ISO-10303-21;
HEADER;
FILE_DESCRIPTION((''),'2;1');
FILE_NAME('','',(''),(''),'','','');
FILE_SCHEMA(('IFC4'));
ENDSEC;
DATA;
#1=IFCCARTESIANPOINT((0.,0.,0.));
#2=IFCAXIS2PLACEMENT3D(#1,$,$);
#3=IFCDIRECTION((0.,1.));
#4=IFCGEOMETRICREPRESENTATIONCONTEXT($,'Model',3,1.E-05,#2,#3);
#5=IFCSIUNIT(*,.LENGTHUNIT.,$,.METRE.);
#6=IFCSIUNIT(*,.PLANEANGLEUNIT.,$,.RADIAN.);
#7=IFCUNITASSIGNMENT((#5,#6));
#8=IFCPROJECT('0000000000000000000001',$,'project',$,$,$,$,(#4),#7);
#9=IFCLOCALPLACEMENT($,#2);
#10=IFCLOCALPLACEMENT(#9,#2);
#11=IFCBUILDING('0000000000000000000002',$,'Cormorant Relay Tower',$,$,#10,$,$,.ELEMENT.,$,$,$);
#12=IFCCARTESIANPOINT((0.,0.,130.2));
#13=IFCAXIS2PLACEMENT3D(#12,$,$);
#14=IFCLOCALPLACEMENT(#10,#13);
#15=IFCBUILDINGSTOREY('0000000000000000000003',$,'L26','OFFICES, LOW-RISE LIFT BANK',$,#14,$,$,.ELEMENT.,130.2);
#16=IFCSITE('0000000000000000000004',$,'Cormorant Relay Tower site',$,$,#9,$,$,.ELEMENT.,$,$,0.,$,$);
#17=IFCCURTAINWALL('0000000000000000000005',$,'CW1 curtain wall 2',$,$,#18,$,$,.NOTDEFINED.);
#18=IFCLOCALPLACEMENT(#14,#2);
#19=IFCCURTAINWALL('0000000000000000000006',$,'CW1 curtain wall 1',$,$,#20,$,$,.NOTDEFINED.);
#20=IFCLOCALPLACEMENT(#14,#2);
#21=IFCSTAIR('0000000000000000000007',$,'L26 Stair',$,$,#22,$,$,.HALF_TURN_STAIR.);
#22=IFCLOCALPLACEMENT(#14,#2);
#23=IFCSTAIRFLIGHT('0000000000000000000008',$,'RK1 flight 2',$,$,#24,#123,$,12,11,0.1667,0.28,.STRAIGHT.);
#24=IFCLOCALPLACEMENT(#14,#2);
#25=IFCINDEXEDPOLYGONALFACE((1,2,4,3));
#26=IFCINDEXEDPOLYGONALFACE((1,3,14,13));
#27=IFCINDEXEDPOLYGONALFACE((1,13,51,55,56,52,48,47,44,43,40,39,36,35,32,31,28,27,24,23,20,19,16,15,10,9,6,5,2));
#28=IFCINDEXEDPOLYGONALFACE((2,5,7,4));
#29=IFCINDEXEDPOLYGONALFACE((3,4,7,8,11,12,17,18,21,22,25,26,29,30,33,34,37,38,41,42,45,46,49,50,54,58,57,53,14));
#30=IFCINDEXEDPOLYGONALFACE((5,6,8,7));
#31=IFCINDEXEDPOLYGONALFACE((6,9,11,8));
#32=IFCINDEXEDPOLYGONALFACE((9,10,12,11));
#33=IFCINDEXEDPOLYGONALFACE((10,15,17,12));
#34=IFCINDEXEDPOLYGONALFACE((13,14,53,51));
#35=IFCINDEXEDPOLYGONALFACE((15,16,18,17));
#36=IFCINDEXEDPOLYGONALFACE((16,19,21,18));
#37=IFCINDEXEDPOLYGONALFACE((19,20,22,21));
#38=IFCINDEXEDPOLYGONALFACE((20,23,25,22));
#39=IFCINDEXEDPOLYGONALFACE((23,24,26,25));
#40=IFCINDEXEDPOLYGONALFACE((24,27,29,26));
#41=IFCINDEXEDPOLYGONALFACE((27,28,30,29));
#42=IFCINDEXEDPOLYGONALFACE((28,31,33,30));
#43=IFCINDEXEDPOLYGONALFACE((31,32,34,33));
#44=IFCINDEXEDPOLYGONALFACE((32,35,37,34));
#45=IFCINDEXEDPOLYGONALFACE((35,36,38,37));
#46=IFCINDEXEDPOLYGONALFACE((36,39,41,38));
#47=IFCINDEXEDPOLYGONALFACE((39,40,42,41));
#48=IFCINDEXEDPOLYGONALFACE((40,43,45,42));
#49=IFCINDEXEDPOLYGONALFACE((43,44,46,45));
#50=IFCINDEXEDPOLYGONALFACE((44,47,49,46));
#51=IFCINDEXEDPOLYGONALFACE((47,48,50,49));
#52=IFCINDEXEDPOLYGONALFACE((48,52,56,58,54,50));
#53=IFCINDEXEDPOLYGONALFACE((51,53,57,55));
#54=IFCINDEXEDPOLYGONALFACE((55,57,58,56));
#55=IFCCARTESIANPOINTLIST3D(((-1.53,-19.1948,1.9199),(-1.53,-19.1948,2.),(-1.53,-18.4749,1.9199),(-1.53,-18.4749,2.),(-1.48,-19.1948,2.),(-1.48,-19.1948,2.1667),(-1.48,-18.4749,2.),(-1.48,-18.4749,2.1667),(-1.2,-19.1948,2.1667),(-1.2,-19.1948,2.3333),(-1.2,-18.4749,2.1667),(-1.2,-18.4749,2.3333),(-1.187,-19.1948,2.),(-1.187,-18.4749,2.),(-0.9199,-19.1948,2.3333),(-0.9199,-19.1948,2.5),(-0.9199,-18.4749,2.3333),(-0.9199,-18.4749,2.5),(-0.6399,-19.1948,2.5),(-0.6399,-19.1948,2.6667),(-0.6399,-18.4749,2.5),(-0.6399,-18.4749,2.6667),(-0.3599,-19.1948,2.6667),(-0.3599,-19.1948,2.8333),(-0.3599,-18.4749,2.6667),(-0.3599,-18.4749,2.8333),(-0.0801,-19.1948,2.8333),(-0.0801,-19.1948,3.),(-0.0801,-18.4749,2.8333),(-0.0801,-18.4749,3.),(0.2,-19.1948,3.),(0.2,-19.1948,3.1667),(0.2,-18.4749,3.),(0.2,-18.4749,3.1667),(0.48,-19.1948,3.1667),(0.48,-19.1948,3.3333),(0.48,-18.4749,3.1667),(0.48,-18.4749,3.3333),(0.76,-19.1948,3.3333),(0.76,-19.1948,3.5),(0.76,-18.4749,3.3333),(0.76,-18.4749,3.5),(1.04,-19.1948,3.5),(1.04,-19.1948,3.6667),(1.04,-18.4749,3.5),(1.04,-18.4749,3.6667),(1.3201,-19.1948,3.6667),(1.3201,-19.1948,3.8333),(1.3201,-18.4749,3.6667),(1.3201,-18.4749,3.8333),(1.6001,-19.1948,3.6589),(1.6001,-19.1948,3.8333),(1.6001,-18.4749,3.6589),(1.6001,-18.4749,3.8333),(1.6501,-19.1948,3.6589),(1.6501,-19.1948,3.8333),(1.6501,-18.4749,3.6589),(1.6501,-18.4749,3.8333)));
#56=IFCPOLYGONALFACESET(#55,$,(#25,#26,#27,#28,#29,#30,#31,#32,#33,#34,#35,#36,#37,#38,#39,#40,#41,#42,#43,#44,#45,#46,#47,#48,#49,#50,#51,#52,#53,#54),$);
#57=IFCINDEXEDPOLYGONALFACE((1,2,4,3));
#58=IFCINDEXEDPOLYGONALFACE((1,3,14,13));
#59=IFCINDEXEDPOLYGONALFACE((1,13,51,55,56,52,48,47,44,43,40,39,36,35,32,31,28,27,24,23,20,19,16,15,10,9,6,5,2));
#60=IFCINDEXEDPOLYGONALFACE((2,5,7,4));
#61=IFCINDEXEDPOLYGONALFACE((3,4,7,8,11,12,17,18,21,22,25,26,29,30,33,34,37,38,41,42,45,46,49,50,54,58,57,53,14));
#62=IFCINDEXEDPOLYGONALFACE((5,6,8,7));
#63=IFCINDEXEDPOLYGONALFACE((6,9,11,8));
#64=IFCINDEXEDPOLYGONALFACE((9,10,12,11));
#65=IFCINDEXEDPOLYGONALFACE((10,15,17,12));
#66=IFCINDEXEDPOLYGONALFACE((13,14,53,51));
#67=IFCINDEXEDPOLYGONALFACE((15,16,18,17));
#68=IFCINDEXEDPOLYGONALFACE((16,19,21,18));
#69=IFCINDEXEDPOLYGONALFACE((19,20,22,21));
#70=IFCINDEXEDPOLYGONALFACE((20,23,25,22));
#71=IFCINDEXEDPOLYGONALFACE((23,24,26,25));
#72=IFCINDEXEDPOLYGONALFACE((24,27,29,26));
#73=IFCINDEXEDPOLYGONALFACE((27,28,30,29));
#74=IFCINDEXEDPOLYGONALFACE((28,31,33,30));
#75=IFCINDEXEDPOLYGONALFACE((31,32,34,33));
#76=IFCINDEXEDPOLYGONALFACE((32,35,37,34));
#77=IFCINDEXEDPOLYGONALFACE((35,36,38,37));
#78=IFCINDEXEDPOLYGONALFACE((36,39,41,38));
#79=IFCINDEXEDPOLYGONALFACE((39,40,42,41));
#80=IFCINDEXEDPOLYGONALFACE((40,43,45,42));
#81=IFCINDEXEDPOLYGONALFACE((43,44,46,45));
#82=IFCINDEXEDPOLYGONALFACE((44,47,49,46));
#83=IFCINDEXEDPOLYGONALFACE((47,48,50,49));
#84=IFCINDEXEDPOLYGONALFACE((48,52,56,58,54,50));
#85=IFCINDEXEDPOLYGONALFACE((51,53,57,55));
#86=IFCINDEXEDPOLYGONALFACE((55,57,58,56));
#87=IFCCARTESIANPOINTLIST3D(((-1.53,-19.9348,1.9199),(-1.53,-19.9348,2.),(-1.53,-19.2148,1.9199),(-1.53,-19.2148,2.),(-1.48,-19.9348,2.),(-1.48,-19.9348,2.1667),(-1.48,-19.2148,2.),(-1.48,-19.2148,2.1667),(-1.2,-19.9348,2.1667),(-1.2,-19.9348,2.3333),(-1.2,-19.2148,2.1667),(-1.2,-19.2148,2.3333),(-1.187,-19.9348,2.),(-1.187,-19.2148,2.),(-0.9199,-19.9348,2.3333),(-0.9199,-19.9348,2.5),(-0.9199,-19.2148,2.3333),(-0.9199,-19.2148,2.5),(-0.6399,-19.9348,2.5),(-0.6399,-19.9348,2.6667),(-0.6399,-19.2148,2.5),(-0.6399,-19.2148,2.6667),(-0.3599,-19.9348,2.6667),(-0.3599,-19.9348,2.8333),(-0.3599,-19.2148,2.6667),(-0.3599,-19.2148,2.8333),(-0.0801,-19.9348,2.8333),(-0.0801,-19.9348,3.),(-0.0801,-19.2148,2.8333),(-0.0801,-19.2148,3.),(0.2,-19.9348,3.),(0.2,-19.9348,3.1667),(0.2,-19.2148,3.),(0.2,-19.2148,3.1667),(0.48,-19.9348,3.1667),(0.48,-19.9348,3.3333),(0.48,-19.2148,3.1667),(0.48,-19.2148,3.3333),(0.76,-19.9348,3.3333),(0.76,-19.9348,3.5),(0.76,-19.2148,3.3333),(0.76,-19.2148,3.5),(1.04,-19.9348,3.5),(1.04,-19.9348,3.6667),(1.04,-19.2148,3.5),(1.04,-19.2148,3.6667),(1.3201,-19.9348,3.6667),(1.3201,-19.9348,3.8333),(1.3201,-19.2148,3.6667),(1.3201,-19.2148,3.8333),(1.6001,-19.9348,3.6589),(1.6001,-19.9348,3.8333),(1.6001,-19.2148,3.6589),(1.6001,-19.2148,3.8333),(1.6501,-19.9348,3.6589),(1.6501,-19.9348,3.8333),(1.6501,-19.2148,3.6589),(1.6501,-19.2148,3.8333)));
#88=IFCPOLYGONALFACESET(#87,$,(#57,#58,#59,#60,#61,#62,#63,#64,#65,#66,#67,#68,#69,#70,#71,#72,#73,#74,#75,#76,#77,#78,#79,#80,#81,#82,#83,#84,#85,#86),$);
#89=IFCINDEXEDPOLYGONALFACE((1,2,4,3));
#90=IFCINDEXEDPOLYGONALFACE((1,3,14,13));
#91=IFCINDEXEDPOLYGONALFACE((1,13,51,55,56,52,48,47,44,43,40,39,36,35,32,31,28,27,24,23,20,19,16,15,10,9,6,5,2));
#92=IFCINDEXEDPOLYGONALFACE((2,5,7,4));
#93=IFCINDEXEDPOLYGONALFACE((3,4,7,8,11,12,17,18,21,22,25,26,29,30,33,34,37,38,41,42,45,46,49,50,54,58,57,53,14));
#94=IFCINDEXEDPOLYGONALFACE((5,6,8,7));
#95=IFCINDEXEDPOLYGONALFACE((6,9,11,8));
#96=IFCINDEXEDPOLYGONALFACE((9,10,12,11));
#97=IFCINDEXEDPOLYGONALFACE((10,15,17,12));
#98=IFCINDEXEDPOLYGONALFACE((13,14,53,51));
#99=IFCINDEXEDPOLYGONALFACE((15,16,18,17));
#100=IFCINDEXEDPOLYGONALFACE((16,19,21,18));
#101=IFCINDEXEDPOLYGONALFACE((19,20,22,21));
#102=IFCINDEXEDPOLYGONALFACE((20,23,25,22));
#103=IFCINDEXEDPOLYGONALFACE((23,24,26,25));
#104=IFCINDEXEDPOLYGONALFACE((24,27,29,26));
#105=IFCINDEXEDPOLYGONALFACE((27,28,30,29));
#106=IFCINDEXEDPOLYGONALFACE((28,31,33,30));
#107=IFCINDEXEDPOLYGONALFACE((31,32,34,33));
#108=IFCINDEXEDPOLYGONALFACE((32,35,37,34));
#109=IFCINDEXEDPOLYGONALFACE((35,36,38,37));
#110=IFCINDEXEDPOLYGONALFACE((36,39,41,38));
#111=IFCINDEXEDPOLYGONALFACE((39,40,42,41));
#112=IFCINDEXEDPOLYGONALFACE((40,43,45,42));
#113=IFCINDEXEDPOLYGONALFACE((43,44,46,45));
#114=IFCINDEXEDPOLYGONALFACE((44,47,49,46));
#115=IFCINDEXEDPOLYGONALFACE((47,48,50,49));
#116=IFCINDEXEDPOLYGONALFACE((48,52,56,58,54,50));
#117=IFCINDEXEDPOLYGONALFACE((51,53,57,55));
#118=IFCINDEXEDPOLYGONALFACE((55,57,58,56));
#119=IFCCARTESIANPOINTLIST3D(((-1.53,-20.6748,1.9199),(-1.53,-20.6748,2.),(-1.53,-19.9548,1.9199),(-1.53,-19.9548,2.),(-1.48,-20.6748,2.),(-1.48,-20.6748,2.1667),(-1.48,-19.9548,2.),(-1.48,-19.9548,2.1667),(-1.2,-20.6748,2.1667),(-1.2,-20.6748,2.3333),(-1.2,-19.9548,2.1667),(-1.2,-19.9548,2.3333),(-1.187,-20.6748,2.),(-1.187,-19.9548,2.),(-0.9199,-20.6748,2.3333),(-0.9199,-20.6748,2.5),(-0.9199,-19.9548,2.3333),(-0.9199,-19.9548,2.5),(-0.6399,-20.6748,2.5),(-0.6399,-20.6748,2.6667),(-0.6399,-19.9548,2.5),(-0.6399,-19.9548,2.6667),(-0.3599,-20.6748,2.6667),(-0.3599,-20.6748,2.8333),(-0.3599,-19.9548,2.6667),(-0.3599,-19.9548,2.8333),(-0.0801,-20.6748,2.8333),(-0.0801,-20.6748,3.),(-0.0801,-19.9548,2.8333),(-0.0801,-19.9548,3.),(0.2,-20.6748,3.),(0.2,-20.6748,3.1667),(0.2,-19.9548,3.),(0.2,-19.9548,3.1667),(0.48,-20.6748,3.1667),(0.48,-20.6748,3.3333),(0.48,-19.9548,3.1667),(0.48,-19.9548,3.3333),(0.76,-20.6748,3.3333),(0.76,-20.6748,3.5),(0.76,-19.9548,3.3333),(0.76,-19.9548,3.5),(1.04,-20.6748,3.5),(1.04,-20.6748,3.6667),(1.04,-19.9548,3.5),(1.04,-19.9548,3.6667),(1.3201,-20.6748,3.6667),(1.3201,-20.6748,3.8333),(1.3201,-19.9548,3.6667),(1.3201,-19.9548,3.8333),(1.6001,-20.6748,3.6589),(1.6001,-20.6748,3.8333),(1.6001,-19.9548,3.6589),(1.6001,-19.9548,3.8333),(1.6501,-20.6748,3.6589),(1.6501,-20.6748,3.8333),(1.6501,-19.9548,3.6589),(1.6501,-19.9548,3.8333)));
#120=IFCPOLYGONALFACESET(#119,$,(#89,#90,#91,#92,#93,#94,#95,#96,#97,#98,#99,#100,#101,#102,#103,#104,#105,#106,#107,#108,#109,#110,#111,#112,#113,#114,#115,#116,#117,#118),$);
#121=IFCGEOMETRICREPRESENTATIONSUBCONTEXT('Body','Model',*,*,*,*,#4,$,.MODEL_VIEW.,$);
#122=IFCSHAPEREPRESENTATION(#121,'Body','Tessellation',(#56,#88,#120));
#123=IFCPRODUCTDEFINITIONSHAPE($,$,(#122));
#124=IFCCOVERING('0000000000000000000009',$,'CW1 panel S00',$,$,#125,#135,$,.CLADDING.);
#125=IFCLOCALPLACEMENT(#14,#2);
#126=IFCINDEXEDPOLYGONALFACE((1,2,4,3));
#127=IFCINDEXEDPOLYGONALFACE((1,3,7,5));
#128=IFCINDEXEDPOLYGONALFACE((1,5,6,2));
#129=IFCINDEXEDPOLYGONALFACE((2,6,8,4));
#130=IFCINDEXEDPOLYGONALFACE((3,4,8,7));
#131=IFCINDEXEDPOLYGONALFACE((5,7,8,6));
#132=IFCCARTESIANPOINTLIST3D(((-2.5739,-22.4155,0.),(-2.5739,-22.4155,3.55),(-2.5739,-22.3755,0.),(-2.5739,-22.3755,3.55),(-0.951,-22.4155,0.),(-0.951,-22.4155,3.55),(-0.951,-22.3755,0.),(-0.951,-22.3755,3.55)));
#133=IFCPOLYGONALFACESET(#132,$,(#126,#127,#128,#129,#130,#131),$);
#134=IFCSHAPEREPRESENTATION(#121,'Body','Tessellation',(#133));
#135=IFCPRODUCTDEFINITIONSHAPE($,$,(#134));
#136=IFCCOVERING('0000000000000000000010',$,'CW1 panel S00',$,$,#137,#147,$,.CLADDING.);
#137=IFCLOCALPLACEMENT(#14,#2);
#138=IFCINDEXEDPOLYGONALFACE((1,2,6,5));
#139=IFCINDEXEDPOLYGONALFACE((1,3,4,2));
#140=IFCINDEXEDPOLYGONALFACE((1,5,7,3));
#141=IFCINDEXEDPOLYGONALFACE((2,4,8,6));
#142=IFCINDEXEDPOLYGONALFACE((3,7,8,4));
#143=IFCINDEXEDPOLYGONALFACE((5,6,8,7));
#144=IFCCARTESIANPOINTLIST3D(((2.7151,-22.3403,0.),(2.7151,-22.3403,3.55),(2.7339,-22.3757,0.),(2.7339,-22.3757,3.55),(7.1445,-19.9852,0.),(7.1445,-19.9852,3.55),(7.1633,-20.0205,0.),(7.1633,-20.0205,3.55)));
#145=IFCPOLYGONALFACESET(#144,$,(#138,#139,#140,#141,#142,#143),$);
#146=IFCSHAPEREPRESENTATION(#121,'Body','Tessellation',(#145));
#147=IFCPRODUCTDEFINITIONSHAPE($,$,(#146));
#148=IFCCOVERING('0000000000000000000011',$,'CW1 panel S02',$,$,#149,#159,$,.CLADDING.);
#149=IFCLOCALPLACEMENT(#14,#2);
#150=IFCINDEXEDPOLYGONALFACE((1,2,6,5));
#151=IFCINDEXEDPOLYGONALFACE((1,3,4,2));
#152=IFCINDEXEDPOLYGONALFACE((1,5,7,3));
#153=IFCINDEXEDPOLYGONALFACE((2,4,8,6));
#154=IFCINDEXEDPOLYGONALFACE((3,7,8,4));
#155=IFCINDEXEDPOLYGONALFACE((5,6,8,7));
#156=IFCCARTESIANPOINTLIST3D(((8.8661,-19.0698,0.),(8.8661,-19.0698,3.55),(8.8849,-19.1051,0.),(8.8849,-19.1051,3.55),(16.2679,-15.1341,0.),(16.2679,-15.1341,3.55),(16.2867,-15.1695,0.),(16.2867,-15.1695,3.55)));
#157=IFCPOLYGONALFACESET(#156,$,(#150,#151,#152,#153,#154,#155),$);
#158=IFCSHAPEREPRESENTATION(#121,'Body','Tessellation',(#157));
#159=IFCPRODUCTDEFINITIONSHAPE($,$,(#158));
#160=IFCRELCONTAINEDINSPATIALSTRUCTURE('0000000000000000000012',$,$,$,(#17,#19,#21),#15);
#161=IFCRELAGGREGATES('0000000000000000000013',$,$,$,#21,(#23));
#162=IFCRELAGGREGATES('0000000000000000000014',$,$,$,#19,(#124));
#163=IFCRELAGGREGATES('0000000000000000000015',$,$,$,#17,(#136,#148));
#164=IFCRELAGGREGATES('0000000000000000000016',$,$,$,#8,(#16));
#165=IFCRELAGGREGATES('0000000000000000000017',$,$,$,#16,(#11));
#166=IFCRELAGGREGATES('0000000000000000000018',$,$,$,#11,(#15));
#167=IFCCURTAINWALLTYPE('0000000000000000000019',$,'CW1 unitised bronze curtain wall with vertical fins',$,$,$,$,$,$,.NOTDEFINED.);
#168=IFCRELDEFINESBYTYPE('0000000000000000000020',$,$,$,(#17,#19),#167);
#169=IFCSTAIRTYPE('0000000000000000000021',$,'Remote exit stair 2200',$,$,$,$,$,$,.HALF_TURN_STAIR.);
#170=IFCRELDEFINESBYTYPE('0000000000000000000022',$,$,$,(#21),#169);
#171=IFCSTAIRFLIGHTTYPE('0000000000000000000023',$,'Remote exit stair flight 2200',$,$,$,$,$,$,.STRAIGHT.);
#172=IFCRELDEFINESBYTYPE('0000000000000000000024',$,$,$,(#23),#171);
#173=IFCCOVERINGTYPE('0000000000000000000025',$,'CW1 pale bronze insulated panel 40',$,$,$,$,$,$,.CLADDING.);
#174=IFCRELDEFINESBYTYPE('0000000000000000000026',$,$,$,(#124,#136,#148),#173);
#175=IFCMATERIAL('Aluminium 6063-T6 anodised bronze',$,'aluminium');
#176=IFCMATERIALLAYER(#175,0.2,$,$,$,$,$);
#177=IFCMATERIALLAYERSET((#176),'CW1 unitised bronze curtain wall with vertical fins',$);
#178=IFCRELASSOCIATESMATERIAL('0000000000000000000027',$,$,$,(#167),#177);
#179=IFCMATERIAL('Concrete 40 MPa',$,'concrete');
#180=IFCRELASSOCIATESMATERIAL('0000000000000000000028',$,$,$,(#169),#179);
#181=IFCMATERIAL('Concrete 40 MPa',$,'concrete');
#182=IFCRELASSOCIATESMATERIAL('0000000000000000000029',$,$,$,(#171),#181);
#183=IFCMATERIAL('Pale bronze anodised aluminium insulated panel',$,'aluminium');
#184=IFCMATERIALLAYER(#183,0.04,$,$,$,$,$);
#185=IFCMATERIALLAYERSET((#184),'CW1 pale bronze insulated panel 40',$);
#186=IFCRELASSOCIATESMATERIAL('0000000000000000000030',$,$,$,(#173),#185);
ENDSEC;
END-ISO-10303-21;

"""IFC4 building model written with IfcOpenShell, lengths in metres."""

from ifc_helpers import new_model, si_unit, direction, frame, origin, origin_2d, place, context, subcontext, project, spatial, polyline, rectangle, outline, extrude, material, layer, layer_set, type_object, element, aggregate, save


model = new_model("IFC4")

# Units and contexts
model_context = context("Model", 3, precision=1e-05, world=origin(), true_north=direction((0.0, 1.0)))
body_context = subcontext(model_context, "Body", "Model", "MODEL_VIEW")
ifc_project = project(units=[si_unit("LENGTHUNIT", "METRE"), si_unit("PLANEANGLEUNIT", "RADIAN")], contexts=[model_context])

# Site, building, storey
site_placement = place(None, origin())
site = spatial("IfcSite", under=ifc_project, at=site_placement, Name="Cormorant Relay Tower site", CompositionType="ELEMENT", RefElevation=0.0)
building_placement = place(site_placement, origin())
building = spatial("IfcBuilding", under=site, at=building_placement, Name="Cormorant Relay Tower", CompositionType="ELEMENT")
storey_placement = place(building_placement, frame((0.0, 0.0, 130.2)))
storey = spatial("IfcBuildingStorey", under=building, at=storey_placement, Name="L26", Description="OFFICES, LOW-RISE LIFT BANK", CompositionType="ELEMENT", Elevation=130.2)

# Curtain wall
ifc_material_1 = material(Name="Aluminium 6063-T6 anodised bronze", Category="aluminium")
ifc_layer_1 = layer(ifc_material_1, 0.2)
ifc_layer_set_1 = layer_set([ifc_layer_1], Name="CW1 unitised bronze curtain wall with vertical fins")
curtain_wall_type = type_object("IfcCurtainWallType", Name="CW1 unitised bronze curtain wall with vertical fins", PredefinedType="NOTDEFINED", material=ifc_layer_set_1)
curtain_wall_1_placement = place(storey_placement, origin())
curtain_wall_1 = element("IfcCurtainWall", 1, at=curtain_wall_1_placement, inside=storey, type_object=curtain_wall_type, Name="CW1 curtain wall 2", PredefinedType="NOTDEFINED")

# Curtain wall
curtain_wall_2_placement = place(storey_placement, origin())
curtain_wall_2 = element("IfcCurtainWall", 2, at=curtain_wall_2_placement, inside=storey, type_object=curtain_wall_type, Name="CW1 curtain wall 1", PredefinedType="NOTDEFINED")

# Stair, stair flight
ifc_material_2 = material(Name="Concrete 40 MPa", Category="concrete")
stair_type = type_object("IfcStairType", Name="Remote exit stair 2200", PredefinedType="HALF_TURN_STAIR", material=ifc_material_2)
stair_placement = place(storey_placement, origin())
stair = element("IfcStair", 3, at=stair_placement, inside=storey, type_object=stair_type, Name="L26 Stair", PredefinedType="HALF_TURN_STAIR")
ifc_material_3 = material(Name="Concrete 40 MPa", Category="concrete")
stair_flight_type = type_object("IfcStairFlightType", Name="Remote exit stair flight 2200", PredefinedType="STRAIGHT", material=ifc_material_3)
stair_flight_1_placement = place(storey_placement, frame((-1.48, -19.575, 2.0), z_axis=(0.0, 0.0, 1.0), x_axis=(1.0, 0.0, 0.0)))
stair_flight_1 = element("IfcStairFlight", 4, at=stair_flight_1_placement, type_object=stair_flight_type, Name="RK1 flight 2", NumberOfRisers=12, NumberOfTreads=11, PredefinedType="STRAIGHT", RiserHeight=0.1667, TreadLength=0.28, context=body_context, shape_type="SweptSolid", body=[
    extrude(outline(polyline([(-0.05, -0.0801), (-0.05, 0.0), (0.0, 0.0), (0.0, 0.1667), (0.28, 0.1667), (0.28, 0.3333), (0.5601, 0.3333), (0.5601, 0.5), (0.8401, 0.5), (0.8401, 0.6667), (1.1201, 0.6667), (1.1201, 0.8333), (1.3999, 0.8333), (1.3999, 1.0), (1.6799, 1.0), (1.6799, 1.1667), (1.96, 1.1667), (1.96, 1.3333), (2.24, 1.3333), (2.24, 1.5), (2.52, 1.5), (2.52, 1.6667), (2.8, 1.6667), (2.8, 1.8333), (3.0801, 1.8333), (3.1301, 1.8333), (3.1301, 1.6589), (3.0801, 1.6589), (0.293, 0.0), (-0.05, -0.0801)])), frame((0.0, 1.1001, 0.0), z_axis=(0.0, -1.0, 0.0), x_axis=(1.0, 0.0, 0.0)), (0.0, 0.0, 1.0), 0.72),
    extrude(outline(polyline([(-0.05, -0.0801), (-0.05, 0.0), (0.0, 0.0), (0.0, 0.1667), (0.28, 0.1667), (0.28, 0.3333), (0.5601, 0.3333), (0.5601, 0.5), (0.8401, 0.5), (0.8401, 0.6667), (1.1201, 0.6667), (1.1201, 0.8333), (1.3999, 0.8333), (1.3999, 1.0), (1.6799, 1.0), (1.6799, 1.1667), (1.96, 1.1667), (1.96, 1.3333), (2.24, 1.3333), (2.24, 1.5), (2.52, 1.5), (2.52, 1.6667), (2.8, 1.6667), (2.8, 1.8333), (3.0801, 1.8333), (3.1301, 1.8333), (3.1301, 1.6589), (3.0801, 1.6589), (0.293, 0.0), (-0.05, -0.0801)])), frame((0.0, 0.3601, 0.0), z_axis=(0.0, -1.0, 0.0), x_axis=(1.0, 0.0, 0.0)), (0.0, 0.0, 1.0), 0.72),
    extrude(outline(polyline([(-0.05, -0.0801), (-0.05, 0.0), (0.0, 0.0), (0.0, 0.1667), (0.28, 0.1667), (0.28, 0.3333), (0.5601, 0.3333), (0.5601, 0.5), (0.8401, 0.5), (0.8401, 0.6667), (1.1201, 0.6667), (1.1201, 0.8333), (1.3999, 0.8333), (1.3999, 1.0), (1.6799, 1.0), (1.6799, 1.1667), (1.96, 1.1667), (1.96, 1.3333), (2.24, 1.3333), (2.24, 1.5), (2.52, 1.5), (2.52, 1.6667), (2.8, 1.6667), (2.8, 1.8333), (3.0801, 1.8333), (3.1301, 1.8333), (3.1301, 1.6589), (3.0801, 1.6589), (0.293, 0.0), (-0.05, -0.0801)])), frame((0.0, -0.3799, 0.0), z_axis=(0.0, -1.0, 0.0), x_axis=(1.0, 0.0, 0.0)), (0.0, 0.0, 1.0), 0.72),
])
aggregate(stair, [stair_flight_1])

# Coverings
ifc_material_4 = material(Name="Pale bronze anodised aluminium insulated panel", Category="aluminium")
ifc_layer_2 = layer(ifc_material_4, 0.04)
ifc_layer_set_2 = layer_set([ifc_layer_2], Name="CW1 pale bronze insulated panel 40")
covering_type = type_object("IfcCoveringType", Name="CW1 pale bronze insulated panel 40", PredefinedType="CLADDING", material=ifc_layer_set_2)
covering_1_placement = place(storey_placement, frame((-1.7625, -22.3955, 0.0), z_axis=(0.0, 0.0, 1.0), x_axis=(1.0, 0.0, 0.0)))
covering_1 = element("IfcCovering", 5, at=covering_1_placement, type_object=covering_type, Name="CW1 panel S00", PredefinedType="CLADDING", context=body_context, shape_type="SweptSolid", body=[
    extrude(rectangle(XDim=1.6228, YDim=0.04, at=origin_2d()), origin(), (0.0, 0.0, 1.0), 3.55),
])
aggregate(curtain_wall_2, [covering_1])
covering_2_placement = place(storey_placement, frame((4.9392, -21.1804, 0.0), z_axis=(0.0, 0.0, 1.0), x_axis=(0.882948, 0.469472, 0.0)))
covering_2 = element("IfcCovering", 6, at=covering_2_placement, type_object=covering_type, Name="CW1 panel S00", PredefinedType="CLADDING", context=body_context, shape_type="SweptSolid", body=[
    extrude(rectangle(XDim=5.0166, YDim=0.04, at=origin_2d()), origin(), (0.0, 0.0, 1.0), 3.55),
])
covering_3_placement = place(storey_placement, frame((12.5764, -17.1196, 0.0), z_axis=(0.0, 0.0, 1.0), x_axis=(0.882948, 0.469472, 0.0)))
covering_3 = element("IfcCovering", 7, at=covering_3_placement, type_object=covering_type, Name="CW1 panel S02", PredefinedType="CLADDING", context=body_context, shape_type="SweptSolid", body=[
    extrude(rectangle(XDim=8.3831, YDim=0.04, at=origin_2d()), origin(), (0.0, 0.0, 1.0), 3.55),
])
aggregate(curtain_wall_1, [covering_2, covering_3])

save(model, "model.ifc")
